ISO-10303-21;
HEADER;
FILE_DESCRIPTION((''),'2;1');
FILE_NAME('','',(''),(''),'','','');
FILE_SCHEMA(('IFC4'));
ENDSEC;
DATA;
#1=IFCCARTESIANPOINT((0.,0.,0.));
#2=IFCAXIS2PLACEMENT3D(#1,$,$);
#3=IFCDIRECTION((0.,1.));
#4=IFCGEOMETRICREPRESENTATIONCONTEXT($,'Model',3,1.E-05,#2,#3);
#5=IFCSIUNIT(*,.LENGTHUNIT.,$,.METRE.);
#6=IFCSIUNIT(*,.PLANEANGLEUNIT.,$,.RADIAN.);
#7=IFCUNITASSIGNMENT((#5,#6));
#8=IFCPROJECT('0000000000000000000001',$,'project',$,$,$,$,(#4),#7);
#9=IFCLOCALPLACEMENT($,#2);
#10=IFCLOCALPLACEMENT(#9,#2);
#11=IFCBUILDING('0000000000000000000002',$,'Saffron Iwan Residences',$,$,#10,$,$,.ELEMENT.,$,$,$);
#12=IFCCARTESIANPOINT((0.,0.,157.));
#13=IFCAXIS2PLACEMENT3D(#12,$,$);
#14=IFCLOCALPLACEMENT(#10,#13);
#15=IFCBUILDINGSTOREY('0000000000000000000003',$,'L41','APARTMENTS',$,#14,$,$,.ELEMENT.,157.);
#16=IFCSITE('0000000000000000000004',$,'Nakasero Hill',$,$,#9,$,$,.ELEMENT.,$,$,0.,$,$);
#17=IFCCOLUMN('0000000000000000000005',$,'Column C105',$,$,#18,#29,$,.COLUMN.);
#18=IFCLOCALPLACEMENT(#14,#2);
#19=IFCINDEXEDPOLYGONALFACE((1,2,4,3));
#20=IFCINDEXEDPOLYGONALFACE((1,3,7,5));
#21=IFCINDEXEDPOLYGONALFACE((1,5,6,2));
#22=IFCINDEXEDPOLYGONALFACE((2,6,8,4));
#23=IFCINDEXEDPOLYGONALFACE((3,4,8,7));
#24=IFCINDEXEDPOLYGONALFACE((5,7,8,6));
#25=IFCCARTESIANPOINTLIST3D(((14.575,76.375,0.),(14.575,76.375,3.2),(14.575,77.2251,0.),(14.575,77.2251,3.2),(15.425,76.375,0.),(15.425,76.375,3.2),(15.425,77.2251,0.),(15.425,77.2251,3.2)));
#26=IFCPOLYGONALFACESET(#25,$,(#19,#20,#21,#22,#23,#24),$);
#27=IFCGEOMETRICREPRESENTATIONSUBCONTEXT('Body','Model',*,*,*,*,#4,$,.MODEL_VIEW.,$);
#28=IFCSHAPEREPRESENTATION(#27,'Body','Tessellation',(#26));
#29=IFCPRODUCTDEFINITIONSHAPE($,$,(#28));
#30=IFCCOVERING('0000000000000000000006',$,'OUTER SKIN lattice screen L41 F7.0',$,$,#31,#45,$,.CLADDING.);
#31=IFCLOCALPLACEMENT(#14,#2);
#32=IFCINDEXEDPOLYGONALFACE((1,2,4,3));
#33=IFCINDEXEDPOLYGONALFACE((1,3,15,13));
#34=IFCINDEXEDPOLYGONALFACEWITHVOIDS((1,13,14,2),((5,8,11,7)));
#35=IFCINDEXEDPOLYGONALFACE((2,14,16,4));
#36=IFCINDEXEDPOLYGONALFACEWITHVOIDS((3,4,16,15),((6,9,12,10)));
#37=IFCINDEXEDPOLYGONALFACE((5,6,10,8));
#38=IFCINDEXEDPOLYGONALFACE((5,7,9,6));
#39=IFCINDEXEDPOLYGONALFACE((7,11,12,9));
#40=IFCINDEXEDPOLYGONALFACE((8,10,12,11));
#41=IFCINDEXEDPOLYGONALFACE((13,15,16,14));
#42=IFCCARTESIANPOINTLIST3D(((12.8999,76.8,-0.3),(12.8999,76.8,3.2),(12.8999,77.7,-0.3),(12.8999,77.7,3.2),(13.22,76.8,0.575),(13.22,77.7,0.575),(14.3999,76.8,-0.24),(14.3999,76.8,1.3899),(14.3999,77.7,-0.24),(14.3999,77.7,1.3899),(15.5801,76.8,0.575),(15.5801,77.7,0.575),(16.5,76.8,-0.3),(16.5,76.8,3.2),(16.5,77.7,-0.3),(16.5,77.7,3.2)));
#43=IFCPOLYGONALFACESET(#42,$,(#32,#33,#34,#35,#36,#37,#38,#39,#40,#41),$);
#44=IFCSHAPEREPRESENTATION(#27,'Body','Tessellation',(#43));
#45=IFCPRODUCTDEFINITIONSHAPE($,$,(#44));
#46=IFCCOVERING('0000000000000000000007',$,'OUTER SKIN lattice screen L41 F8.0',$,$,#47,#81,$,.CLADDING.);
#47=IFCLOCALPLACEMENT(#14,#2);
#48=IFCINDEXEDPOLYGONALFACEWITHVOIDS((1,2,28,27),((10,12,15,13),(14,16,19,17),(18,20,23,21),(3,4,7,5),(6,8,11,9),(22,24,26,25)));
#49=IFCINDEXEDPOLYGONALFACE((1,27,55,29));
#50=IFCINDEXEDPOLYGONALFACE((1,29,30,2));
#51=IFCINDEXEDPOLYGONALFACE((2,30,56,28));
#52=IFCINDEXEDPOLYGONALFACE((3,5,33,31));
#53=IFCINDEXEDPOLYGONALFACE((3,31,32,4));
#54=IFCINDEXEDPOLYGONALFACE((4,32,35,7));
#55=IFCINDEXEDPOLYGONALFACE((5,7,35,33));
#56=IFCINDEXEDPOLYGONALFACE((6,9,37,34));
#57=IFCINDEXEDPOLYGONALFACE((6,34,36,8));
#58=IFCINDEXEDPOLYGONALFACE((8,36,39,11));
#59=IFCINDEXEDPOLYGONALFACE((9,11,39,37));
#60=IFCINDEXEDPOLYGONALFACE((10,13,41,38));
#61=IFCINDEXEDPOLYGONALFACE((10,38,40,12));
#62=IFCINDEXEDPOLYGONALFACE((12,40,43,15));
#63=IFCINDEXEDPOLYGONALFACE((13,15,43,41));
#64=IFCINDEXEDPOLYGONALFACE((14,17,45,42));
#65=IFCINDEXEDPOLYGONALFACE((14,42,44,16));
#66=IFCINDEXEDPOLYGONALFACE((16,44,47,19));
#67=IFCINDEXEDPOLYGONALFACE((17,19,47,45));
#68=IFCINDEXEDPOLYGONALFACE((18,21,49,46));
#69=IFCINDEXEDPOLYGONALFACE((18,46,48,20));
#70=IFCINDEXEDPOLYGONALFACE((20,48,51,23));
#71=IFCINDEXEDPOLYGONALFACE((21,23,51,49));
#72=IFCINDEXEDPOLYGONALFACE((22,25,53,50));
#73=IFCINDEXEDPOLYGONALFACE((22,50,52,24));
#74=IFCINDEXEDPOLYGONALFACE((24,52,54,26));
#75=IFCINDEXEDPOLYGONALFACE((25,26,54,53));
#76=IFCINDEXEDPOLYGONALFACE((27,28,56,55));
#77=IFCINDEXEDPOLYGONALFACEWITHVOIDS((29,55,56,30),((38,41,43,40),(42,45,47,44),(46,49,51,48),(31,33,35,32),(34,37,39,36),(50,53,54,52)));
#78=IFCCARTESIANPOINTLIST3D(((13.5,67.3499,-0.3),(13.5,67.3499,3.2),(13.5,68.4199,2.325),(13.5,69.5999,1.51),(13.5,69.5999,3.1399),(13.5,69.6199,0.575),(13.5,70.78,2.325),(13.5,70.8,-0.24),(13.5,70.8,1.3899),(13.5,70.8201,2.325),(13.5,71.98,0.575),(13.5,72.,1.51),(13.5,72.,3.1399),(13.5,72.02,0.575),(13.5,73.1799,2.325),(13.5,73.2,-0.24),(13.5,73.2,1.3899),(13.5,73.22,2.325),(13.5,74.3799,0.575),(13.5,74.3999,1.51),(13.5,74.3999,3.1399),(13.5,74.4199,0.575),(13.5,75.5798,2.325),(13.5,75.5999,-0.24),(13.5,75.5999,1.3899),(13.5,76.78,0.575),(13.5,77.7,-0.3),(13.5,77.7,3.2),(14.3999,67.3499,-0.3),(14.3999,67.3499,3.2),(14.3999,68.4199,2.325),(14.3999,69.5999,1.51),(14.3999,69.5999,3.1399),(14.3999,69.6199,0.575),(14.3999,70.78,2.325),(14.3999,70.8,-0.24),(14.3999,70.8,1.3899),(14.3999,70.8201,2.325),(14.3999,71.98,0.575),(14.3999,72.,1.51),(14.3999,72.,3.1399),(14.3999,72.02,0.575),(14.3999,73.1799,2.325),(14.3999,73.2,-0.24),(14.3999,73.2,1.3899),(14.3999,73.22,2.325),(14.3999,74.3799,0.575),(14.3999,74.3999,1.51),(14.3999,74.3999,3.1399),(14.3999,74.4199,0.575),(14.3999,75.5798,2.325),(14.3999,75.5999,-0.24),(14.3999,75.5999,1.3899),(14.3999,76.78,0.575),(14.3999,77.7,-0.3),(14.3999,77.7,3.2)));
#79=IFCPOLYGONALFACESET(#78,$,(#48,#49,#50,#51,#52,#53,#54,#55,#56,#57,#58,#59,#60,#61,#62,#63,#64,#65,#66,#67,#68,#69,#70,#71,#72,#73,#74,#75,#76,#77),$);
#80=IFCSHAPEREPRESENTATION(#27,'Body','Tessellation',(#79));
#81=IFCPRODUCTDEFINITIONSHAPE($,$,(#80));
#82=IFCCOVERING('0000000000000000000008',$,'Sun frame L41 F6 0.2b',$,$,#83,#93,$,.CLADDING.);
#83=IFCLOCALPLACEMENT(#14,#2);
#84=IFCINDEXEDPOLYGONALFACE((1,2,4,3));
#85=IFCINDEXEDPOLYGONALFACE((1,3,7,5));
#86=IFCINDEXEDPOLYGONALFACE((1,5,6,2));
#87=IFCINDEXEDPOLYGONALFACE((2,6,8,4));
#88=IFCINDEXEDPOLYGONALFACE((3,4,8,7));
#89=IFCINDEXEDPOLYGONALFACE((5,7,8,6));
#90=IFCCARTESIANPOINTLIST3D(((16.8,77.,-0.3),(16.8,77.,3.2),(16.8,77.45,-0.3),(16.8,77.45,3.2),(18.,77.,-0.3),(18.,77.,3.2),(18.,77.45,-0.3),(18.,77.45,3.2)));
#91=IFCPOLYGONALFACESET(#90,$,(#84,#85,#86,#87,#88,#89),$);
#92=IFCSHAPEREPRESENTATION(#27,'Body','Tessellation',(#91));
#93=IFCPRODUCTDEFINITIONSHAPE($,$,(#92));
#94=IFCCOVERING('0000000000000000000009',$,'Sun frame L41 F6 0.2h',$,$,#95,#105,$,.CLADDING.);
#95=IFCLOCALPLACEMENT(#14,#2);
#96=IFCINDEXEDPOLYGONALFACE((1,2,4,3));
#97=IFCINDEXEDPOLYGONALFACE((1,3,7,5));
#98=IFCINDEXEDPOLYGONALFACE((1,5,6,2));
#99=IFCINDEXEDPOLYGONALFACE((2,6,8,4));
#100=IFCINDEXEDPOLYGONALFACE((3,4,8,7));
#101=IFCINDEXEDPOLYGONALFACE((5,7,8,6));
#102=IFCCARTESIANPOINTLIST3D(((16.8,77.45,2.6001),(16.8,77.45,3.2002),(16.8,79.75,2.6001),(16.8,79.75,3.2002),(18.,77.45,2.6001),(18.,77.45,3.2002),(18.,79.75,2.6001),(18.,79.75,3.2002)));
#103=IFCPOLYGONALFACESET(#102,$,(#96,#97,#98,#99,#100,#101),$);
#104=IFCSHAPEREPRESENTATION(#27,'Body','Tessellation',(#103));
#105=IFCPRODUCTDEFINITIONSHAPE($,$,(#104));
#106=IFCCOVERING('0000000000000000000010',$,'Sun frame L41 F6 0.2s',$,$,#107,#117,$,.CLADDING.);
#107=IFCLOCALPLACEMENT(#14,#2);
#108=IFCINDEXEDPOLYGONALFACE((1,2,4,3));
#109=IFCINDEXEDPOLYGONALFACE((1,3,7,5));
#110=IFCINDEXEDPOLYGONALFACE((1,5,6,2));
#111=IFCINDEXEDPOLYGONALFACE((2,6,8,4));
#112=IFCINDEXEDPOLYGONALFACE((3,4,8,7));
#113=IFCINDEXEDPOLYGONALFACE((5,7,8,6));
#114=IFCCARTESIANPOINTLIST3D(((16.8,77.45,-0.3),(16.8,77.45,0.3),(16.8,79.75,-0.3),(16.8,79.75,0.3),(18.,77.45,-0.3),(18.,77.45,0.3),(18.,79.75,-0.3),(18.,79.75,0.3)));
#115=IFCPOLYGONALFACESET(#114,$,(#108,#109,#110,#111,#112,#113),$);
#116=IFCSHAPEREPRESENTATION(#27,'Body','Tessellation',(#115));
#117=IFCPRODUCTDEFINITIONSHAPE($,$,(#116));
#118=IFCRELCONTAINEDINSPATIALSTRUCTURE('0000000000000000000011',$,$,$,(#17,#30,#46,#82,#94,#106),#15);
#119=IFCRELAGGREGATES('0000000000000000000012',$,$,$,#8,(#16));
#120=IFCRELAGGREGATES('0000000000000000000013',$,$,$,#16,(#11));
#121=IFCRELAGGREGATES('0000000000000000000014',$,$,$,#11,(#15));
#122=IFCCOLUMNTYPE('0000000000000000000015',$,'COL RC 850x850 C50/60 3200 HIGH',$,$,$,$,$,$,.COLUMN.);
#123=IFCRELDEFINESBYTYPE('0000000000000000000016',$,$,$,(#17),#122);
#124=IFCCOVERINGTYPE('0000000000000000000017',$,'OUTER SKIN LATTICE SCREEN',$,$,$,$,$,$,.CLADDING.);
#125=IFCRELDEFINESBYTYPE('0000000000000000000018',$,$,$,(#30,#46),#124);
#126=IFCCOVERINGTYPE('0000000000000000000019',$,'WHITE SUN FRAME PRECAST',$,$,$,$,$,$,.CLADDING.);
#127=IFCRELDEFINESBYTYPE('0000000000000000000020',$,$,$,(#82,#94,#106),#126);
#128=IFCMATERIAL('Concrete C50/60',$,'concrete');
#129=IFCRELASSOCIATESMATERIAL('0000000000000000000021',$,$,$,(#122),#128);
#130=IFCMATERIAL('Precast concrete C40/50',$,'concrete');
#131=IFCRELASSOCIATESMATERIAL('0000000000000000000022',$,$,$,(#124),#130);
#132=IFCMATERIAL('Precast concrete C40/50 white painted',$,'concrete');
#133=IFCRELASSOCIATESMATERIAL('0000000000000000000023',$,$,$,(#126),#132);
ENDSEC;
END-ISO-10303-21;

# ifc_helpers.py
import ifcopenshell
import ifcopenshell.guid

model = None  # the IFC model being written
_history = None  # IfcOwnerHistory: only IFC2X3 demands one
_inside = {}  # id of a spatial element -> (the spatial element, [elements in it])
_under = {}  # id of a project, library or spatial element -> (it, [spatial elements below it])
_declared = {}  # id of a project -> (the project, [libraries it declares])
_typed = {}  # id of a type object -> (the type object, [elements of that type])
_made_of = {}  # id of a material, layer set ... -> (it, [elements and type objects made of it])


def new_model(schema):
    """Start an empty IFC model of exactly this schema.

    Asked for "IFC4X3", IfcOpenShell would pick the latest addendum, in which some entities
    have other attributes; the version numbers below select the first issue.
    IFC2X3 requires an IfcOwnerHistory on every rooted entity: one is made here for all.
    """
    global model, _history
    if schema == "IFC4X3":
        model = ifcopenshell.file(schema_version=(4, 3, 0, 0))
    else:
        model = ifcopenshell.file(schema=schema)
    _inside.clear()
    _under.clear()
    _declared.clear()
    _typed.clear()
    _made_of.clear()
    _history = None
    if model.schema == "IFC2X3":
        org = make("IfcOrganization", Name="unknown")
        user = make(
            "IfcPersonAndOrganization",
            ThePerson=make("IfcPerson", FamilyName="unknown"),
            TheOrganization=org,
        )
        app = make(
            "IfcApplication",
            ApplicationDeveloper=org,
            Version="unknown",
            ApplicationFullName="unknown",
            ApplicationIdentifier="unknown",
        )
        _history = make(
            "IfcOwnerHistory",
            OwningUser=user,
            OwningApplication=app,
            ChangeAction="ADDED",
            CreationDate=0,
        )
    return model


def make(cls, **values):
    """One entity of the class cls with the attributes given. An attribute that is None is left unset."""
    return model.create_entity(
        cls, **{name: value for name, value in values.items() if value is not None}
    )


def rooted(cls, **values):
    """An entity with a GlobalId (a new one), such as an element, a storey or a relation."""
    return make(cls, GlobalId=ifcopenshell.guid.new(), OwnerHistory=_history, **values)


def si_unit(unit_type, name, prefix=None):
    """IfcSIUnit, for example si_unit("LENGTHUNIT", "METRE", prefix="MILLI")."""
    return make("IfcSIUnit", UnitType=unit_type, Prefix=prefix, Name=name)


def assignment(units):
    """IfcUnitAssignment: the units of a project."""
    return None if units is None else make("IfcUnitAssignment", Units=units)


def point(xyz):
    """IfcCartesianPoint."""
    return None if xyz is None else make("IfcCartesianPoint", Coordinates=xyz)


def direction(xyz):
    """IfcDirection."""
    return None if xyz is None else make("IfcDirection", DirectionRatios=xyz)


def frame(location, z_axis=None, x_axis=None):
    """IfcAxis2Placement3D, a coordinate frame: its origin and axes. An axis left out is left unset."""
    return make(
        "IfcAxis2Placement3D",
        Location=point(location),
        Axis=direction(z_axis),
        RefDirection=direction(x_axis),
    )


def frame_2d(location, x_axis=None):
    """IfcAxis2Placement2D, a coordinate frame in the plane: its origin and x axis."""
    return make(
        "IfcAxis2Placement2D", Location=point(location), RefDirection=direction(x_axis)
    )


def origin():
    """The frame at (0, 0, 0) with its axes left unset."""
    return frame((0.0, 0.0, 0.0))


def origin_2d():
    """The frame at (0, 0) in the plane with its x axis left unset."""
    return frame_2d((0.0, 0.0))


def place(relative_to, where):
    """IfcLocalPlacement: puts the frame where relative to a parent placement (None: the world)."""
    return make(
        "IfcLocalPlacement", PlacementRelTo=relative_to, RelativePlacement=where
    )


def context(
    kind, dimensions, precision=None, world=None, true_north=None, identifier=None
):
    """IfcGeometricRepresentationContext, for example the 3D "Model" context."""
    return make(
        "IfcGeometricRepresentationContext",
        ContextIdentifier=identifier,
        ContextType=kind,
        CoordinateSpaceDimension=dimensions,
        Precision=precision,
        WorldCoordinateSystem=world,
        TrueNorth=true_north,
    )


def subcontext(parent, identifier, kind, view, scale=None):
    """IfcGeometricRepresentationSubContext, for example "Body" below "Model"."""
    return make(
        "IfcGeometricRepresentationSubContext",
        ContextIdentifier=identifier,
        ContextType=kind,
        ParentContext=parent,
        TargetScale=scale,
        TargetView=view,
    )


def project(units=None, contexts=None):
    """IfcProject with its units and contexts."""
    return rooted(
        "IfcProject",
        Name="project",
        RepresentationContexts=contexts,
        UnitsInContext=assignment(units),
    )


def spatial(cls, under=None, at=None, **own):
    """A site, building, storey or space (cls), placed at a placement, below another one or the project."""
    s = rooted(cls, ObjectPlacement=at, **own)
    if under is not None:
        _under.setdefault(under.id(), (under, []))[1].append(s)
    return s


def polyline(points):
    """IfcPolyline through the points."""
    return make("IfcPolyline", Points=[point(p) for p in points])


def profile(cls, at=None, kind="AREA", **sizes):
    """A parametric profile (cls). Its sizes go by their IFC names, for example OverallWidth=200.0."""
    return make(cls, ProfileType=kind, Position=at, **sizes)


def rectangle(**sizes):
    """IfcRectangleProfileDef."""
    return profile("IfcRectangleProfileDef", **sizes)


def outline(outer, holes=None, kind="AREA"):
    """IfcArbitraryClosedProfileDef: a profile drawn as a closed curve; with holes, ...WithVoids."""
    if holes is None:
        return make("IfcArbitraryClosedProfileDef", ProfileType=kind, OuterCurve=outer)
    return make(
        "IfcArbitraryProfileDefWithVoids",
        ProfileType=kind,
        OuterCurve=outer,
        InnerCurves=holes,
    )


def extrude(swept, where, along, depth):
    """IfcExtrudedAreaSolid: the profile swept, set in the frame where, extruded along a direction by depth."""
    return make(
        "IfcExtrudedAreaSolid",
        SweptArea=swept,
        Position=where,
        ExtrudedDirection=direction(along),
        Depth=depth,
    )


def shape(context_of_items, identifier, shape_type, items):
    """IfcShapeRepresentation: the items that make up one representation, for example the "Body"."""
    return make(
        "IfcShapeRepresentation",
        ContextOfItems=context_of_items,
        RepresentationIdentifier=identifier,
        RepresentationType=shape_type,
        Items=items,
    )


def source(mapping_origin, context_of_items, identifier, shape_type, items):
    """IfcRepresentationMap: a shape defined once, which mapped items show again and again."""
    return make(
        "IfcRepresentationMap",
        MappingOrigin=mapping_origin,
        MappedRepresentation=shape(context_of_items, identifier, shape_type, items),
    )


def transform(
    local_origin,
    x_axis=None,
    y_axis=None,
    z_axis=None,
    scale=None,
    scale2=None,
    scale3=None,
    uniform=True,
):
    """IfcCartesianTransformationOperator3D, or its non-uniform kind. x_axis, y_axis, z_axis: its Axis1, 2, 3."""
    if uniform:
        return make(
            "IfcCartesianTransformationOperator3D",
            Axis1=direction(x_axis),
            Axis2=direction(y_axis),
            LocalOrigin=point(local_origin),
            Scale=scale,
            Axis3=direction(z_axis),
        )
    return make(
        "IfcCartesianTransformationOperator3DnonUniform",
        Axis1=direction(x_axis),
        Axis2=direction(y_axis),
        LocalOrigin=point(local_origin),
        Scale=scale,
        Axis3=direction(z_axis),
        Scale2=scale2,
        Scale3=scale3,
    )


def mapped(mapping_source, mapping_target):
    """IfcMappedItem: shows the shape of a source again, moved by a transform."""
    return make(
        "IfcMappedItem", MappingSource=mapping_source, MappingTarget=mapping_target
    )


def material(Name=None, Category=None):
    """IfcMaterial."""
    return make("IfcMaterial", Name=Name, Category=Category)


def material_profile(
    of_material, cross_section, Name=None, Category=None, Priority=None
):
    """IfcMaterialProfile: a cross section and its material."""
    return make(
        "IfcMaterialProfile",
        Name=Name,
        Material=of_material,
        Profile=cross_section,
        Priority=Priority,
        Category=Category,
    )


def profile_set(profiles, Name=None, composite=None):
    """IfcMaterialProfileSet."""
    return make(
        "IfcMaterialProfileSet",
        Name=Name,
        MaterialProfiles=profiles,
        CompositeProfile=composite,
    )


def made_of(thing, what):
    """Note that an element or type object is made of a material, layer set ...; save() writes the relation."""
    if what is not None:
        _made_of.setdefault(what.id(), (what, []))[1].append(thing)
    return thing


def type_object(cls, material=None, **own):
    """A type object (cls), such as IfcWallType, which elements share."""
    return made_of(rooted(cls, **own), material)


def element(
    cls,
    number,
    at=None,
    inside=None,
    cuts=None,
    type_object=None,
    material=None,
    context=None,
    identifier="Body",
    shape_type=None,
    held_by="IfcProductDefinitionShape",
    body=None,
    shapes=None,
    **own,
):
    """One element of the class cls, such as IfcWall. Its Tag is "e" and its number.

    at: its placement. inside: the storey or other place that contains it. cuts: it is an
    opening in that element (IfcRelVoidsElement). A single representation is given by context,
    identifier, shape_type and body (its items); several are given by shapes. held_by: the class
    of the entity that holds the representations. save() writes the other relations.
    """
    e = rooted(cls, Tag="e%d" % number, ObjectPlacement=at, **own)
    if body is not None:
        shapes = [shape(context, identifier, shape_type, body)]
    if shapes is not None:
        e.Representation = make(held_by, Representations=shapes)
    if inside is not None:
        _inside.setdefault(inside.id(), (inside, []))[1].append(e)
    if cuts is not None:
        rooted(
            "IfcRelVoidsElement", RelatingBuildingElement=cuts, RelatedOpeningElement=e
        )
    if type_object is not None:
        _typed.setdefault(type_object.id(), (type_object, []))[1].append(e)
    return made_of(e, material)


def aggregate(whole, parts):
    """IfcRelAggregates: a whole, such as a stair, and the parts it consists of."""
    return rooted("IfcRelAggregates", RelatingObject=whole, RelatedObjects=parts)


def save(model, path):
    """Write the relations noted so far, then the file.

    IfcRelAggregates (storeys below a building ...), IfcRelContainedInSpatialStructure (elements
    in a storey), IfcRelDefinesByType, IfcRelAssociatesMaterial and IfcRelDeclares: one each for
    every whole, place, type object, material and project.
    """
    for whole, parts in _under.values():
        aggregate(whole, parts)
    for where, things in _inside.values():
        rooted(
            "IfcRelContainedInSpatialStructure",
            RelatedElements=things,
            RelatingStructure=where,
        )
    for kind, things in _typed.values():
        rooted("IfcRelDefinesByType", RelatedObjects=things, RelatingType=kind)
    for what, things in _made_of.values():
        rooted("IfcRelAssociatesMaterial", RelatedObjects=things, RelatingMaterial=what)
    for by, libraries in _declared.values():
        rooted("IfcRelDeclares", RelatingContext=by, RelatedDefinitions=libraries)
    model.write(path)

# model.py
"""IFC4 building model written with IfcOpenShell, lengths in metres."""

from ifc_helpers import new_model, si_unit, direction, frame, origin, origin_2d, place, context, subcontext, project, spatial, polyline, rectangle, outline, extrude, source, transform, mapped, material, material_profile, profile_set, type_object, element, save


model = new_model("IFC4")

# Units and contexts
model_context = context("Model", 3, precision=1e-05, world=origin(), true_north=direction((0.0, 1.0)))
body_context = subcontext(model_context, "Body", "Model", "MODEL_VIEW")
ifc_project = project(units=[si_unit("LENGTHUNIT", "METRE"), si_unit("PLANEANGLEUNIT", "RADIAN")], contexts=[model_context])

# Site, building, storey
site_placement = place(None, origin())
site = spatial("IfcSite", under=ifc_project, at=site_placement, Name="Nakasero Hill", CompositionType="ELEMENT", RefElevation=0.0)
building_placement = place(site_placement, origin())
building = spatial("IfcBuilding", under=site, at=building_placement, Name="Saffron Iwan Residences", CompositionType="ELEMENT")
storey_placement = place(building_placement, frame((0.0, 0.0, 157.0)))
storey = spatial("IfcBuildingStorey", under=building, at=storey_placement, Name="L41", Description="APARTMENTS", CompositionType="ELEMENT", Elevation=157.0)

# Column
ifc_material_1 = material(Name="Concrete C50/60", Category="concrete")
ifc_material_profile = material_profile(ifc_material_1, rectangle(XDim=0.8501, YDim=0.8501, at=origin_2d()), Name="RC 850x850")
ifc_profile_set = profile_set([ifc_material_profile], Name="Concrete C50/60")
column_type = type_object("IfcColumnType", Name="COL RC 850x850 C50/60 3200 HIGH", PredefinedType="COLUMN", material=ifc_profile_set)
shared_shape = source(origin(), body_context, "Body", "SweptSolid", [
    extrude(rectangle(XDim=0.8501, YDim=0.8501, at=origin_2d()), origin(), (0.0, 0.0, 1.0), 3.2),
])
column_placement = place(storey_placement, frame((15.0, 76.8, 0.0), z_axis=(0.0, 0.0, 1.0), x_axis=(1.0, 0.0, 0.0)))
element("IfcColumn", 1, at=column_placement, inside=storey, type_object=column_type, Name="Column C105", PredefinedType="COLUMN", context=body_context, shape_type="MappedRepresentation", body=[
    mapped(shared_shape, transform((0.0, 0.0, 0.0))),
])

# Coverings
ifc_material_2 = material(Name="Precast concrete C40/50", Category="concrete")
covering_type_1 = type_object("IfcCoveringType", Name="OUTER SKIN LATTICE SCREEN", PredefinedType="CLADDING", material=ifc_material_2)
covering_1_placement = place(storey_placement, frame((16.5, 76.8, -0.3), z_axis=(0.0, 1.0, 0.0), x_axis=(-1.0, 0.0, 0.0)))
element("IfcCovering", 2, at=covering_1_placement, inside=storey, type_object=covering_type_1, Name="OUTER SKIN lattice screen L41 F7.0", PredefinedType="CLADDING", context=body_context, shape_type="SweptSolid", body=[
    extrude(outline(polyline([(0.0, 0.0), (3.6001, 0.0), (3.6001, 3.5), (0.0, 3.5), (0.0, 0.0)]), holes=[polyline([(0.9199, 0.875), (2.1001, 0.0601), (3.28, 0.875), (2.1001, 1.6899), (0.9199, 0.875)])]), origin(), (0.0, 0.0, 1.0), 0.8999),
])
covering_2_placement = place(storey_placement, frame((14.3999, 77.7, -0.3), z_axis=(-1.0, 0.0, 0.0), x_axis=(0.0, -1.0, 0.0)))
element("IfcCovering", 3, at=covering_2_placement, inside=storey, type_object=covering_type_1, Name="OUTER SKIN lattice screen L41 F8.0", PredefinedType="CLADDING", context=body_context, shape_type="SweptSolid", body=[
    extrude(outline(polyline([(0.0, 0.0), (10.3501, 0.0), (10.3501, 3.5), (0.0, 3.5), (0.0, 0.0)]), holes=[polyline([(0.9199, 0.875), (2.1001, 0.0601), (3.28, 0.875), (2.1001, 1.6899), (0.9199, 0.875)]), polyline([(3.3201, 0.875), (4.5, 0.0601), (5.6799, 0.875), (4.5, 1.6899), (3.3201, 0.875)]), polyline([(5.72, 0.875), (6.8999, 0.0601), (8.0801, 0.875), (6.8999, 1.6899), (5.72, 0.875)]), polyline([(2.1201, 2.625), (3.3, 1.8101), (4.48, 2.625), (3.3, 3.4399), (2.1201, 2.625)]), polyline([(4.52, 2.625), (5.7, 1.8101), (6.8799, 2.625), (5.7, 3.4399), (4.52, 2.625)]), polyline([(6.9199, 2.625), (8.1001, 1.8101), (9.28, 2.625), (8.1001, 3.4399), (6.9199, 2.625)])]), origin(), (0.0, 0.0, 1.0), 0.8999),
])
ifc_material_3 = material(Name="Precast concrete C40/50 white painted", Category="concrete")
covering_type_2 = type_object("IfcCoveringType", Name="WHITE SUN FRAME PRECAST", PredefinedType="CLADDING", material=ifc_material_3)
covering_3_placement = place(storey_placement, frame((18.0, 77.45, -0.3), z_axis=(-1.0, 0.0, 0.0), x_axis=(0.0, -1.0, 0.0)))
element("IfcCovering", 4, at=covering_3_placement, inside=storey, type_object=covering_type_2, Name="Sun frame L41 F6 0.2b", PredefinedType="CLADDING", context=body_context, shape_type="SweptSolid", body=[
    extrude(outline(polyline([(0.0, 0.0), (0.45, 0.0), (0.45, 3.5), (0.0, 3.5), (0.0, 0.0)])), origin(), (0.0, 0.0, 1.0), 1.2),
])
for number, where, z_axis, x_axis, name in (
    (5, (18.0, 79.75, 2.6001), (-1.0, 0.0, 0.0), (0.0, -1.0, 0.0), "Sun frame L41 F6 0.2h"),
    (6, (18.0, 79.75, -0.3), (-1.0, 0.0, 0.0), (0.0, -1.0, 0.0), "Sun frame L41 F6 0.2s"),
):
    element("IfcCovering", number, at=place(storey_placement, frame(where, z_axis=z_axis, x_axis=x_axis)), inside=storey, type_object=covering_type_2, Name=name, PredefinedType="CLADDING", context=body_context, shape_type="SweptSolid", body=[
        extrude(outline(polyline([(0.0, 0.0), (2.3, 0.0), (2.3, 0.6001), (0.0, 0.6001), (0.0, 0.0)])), origin(), (0.0, 0.0, 1.0), 1.2),
    ])

save(model, "model.ifc")
